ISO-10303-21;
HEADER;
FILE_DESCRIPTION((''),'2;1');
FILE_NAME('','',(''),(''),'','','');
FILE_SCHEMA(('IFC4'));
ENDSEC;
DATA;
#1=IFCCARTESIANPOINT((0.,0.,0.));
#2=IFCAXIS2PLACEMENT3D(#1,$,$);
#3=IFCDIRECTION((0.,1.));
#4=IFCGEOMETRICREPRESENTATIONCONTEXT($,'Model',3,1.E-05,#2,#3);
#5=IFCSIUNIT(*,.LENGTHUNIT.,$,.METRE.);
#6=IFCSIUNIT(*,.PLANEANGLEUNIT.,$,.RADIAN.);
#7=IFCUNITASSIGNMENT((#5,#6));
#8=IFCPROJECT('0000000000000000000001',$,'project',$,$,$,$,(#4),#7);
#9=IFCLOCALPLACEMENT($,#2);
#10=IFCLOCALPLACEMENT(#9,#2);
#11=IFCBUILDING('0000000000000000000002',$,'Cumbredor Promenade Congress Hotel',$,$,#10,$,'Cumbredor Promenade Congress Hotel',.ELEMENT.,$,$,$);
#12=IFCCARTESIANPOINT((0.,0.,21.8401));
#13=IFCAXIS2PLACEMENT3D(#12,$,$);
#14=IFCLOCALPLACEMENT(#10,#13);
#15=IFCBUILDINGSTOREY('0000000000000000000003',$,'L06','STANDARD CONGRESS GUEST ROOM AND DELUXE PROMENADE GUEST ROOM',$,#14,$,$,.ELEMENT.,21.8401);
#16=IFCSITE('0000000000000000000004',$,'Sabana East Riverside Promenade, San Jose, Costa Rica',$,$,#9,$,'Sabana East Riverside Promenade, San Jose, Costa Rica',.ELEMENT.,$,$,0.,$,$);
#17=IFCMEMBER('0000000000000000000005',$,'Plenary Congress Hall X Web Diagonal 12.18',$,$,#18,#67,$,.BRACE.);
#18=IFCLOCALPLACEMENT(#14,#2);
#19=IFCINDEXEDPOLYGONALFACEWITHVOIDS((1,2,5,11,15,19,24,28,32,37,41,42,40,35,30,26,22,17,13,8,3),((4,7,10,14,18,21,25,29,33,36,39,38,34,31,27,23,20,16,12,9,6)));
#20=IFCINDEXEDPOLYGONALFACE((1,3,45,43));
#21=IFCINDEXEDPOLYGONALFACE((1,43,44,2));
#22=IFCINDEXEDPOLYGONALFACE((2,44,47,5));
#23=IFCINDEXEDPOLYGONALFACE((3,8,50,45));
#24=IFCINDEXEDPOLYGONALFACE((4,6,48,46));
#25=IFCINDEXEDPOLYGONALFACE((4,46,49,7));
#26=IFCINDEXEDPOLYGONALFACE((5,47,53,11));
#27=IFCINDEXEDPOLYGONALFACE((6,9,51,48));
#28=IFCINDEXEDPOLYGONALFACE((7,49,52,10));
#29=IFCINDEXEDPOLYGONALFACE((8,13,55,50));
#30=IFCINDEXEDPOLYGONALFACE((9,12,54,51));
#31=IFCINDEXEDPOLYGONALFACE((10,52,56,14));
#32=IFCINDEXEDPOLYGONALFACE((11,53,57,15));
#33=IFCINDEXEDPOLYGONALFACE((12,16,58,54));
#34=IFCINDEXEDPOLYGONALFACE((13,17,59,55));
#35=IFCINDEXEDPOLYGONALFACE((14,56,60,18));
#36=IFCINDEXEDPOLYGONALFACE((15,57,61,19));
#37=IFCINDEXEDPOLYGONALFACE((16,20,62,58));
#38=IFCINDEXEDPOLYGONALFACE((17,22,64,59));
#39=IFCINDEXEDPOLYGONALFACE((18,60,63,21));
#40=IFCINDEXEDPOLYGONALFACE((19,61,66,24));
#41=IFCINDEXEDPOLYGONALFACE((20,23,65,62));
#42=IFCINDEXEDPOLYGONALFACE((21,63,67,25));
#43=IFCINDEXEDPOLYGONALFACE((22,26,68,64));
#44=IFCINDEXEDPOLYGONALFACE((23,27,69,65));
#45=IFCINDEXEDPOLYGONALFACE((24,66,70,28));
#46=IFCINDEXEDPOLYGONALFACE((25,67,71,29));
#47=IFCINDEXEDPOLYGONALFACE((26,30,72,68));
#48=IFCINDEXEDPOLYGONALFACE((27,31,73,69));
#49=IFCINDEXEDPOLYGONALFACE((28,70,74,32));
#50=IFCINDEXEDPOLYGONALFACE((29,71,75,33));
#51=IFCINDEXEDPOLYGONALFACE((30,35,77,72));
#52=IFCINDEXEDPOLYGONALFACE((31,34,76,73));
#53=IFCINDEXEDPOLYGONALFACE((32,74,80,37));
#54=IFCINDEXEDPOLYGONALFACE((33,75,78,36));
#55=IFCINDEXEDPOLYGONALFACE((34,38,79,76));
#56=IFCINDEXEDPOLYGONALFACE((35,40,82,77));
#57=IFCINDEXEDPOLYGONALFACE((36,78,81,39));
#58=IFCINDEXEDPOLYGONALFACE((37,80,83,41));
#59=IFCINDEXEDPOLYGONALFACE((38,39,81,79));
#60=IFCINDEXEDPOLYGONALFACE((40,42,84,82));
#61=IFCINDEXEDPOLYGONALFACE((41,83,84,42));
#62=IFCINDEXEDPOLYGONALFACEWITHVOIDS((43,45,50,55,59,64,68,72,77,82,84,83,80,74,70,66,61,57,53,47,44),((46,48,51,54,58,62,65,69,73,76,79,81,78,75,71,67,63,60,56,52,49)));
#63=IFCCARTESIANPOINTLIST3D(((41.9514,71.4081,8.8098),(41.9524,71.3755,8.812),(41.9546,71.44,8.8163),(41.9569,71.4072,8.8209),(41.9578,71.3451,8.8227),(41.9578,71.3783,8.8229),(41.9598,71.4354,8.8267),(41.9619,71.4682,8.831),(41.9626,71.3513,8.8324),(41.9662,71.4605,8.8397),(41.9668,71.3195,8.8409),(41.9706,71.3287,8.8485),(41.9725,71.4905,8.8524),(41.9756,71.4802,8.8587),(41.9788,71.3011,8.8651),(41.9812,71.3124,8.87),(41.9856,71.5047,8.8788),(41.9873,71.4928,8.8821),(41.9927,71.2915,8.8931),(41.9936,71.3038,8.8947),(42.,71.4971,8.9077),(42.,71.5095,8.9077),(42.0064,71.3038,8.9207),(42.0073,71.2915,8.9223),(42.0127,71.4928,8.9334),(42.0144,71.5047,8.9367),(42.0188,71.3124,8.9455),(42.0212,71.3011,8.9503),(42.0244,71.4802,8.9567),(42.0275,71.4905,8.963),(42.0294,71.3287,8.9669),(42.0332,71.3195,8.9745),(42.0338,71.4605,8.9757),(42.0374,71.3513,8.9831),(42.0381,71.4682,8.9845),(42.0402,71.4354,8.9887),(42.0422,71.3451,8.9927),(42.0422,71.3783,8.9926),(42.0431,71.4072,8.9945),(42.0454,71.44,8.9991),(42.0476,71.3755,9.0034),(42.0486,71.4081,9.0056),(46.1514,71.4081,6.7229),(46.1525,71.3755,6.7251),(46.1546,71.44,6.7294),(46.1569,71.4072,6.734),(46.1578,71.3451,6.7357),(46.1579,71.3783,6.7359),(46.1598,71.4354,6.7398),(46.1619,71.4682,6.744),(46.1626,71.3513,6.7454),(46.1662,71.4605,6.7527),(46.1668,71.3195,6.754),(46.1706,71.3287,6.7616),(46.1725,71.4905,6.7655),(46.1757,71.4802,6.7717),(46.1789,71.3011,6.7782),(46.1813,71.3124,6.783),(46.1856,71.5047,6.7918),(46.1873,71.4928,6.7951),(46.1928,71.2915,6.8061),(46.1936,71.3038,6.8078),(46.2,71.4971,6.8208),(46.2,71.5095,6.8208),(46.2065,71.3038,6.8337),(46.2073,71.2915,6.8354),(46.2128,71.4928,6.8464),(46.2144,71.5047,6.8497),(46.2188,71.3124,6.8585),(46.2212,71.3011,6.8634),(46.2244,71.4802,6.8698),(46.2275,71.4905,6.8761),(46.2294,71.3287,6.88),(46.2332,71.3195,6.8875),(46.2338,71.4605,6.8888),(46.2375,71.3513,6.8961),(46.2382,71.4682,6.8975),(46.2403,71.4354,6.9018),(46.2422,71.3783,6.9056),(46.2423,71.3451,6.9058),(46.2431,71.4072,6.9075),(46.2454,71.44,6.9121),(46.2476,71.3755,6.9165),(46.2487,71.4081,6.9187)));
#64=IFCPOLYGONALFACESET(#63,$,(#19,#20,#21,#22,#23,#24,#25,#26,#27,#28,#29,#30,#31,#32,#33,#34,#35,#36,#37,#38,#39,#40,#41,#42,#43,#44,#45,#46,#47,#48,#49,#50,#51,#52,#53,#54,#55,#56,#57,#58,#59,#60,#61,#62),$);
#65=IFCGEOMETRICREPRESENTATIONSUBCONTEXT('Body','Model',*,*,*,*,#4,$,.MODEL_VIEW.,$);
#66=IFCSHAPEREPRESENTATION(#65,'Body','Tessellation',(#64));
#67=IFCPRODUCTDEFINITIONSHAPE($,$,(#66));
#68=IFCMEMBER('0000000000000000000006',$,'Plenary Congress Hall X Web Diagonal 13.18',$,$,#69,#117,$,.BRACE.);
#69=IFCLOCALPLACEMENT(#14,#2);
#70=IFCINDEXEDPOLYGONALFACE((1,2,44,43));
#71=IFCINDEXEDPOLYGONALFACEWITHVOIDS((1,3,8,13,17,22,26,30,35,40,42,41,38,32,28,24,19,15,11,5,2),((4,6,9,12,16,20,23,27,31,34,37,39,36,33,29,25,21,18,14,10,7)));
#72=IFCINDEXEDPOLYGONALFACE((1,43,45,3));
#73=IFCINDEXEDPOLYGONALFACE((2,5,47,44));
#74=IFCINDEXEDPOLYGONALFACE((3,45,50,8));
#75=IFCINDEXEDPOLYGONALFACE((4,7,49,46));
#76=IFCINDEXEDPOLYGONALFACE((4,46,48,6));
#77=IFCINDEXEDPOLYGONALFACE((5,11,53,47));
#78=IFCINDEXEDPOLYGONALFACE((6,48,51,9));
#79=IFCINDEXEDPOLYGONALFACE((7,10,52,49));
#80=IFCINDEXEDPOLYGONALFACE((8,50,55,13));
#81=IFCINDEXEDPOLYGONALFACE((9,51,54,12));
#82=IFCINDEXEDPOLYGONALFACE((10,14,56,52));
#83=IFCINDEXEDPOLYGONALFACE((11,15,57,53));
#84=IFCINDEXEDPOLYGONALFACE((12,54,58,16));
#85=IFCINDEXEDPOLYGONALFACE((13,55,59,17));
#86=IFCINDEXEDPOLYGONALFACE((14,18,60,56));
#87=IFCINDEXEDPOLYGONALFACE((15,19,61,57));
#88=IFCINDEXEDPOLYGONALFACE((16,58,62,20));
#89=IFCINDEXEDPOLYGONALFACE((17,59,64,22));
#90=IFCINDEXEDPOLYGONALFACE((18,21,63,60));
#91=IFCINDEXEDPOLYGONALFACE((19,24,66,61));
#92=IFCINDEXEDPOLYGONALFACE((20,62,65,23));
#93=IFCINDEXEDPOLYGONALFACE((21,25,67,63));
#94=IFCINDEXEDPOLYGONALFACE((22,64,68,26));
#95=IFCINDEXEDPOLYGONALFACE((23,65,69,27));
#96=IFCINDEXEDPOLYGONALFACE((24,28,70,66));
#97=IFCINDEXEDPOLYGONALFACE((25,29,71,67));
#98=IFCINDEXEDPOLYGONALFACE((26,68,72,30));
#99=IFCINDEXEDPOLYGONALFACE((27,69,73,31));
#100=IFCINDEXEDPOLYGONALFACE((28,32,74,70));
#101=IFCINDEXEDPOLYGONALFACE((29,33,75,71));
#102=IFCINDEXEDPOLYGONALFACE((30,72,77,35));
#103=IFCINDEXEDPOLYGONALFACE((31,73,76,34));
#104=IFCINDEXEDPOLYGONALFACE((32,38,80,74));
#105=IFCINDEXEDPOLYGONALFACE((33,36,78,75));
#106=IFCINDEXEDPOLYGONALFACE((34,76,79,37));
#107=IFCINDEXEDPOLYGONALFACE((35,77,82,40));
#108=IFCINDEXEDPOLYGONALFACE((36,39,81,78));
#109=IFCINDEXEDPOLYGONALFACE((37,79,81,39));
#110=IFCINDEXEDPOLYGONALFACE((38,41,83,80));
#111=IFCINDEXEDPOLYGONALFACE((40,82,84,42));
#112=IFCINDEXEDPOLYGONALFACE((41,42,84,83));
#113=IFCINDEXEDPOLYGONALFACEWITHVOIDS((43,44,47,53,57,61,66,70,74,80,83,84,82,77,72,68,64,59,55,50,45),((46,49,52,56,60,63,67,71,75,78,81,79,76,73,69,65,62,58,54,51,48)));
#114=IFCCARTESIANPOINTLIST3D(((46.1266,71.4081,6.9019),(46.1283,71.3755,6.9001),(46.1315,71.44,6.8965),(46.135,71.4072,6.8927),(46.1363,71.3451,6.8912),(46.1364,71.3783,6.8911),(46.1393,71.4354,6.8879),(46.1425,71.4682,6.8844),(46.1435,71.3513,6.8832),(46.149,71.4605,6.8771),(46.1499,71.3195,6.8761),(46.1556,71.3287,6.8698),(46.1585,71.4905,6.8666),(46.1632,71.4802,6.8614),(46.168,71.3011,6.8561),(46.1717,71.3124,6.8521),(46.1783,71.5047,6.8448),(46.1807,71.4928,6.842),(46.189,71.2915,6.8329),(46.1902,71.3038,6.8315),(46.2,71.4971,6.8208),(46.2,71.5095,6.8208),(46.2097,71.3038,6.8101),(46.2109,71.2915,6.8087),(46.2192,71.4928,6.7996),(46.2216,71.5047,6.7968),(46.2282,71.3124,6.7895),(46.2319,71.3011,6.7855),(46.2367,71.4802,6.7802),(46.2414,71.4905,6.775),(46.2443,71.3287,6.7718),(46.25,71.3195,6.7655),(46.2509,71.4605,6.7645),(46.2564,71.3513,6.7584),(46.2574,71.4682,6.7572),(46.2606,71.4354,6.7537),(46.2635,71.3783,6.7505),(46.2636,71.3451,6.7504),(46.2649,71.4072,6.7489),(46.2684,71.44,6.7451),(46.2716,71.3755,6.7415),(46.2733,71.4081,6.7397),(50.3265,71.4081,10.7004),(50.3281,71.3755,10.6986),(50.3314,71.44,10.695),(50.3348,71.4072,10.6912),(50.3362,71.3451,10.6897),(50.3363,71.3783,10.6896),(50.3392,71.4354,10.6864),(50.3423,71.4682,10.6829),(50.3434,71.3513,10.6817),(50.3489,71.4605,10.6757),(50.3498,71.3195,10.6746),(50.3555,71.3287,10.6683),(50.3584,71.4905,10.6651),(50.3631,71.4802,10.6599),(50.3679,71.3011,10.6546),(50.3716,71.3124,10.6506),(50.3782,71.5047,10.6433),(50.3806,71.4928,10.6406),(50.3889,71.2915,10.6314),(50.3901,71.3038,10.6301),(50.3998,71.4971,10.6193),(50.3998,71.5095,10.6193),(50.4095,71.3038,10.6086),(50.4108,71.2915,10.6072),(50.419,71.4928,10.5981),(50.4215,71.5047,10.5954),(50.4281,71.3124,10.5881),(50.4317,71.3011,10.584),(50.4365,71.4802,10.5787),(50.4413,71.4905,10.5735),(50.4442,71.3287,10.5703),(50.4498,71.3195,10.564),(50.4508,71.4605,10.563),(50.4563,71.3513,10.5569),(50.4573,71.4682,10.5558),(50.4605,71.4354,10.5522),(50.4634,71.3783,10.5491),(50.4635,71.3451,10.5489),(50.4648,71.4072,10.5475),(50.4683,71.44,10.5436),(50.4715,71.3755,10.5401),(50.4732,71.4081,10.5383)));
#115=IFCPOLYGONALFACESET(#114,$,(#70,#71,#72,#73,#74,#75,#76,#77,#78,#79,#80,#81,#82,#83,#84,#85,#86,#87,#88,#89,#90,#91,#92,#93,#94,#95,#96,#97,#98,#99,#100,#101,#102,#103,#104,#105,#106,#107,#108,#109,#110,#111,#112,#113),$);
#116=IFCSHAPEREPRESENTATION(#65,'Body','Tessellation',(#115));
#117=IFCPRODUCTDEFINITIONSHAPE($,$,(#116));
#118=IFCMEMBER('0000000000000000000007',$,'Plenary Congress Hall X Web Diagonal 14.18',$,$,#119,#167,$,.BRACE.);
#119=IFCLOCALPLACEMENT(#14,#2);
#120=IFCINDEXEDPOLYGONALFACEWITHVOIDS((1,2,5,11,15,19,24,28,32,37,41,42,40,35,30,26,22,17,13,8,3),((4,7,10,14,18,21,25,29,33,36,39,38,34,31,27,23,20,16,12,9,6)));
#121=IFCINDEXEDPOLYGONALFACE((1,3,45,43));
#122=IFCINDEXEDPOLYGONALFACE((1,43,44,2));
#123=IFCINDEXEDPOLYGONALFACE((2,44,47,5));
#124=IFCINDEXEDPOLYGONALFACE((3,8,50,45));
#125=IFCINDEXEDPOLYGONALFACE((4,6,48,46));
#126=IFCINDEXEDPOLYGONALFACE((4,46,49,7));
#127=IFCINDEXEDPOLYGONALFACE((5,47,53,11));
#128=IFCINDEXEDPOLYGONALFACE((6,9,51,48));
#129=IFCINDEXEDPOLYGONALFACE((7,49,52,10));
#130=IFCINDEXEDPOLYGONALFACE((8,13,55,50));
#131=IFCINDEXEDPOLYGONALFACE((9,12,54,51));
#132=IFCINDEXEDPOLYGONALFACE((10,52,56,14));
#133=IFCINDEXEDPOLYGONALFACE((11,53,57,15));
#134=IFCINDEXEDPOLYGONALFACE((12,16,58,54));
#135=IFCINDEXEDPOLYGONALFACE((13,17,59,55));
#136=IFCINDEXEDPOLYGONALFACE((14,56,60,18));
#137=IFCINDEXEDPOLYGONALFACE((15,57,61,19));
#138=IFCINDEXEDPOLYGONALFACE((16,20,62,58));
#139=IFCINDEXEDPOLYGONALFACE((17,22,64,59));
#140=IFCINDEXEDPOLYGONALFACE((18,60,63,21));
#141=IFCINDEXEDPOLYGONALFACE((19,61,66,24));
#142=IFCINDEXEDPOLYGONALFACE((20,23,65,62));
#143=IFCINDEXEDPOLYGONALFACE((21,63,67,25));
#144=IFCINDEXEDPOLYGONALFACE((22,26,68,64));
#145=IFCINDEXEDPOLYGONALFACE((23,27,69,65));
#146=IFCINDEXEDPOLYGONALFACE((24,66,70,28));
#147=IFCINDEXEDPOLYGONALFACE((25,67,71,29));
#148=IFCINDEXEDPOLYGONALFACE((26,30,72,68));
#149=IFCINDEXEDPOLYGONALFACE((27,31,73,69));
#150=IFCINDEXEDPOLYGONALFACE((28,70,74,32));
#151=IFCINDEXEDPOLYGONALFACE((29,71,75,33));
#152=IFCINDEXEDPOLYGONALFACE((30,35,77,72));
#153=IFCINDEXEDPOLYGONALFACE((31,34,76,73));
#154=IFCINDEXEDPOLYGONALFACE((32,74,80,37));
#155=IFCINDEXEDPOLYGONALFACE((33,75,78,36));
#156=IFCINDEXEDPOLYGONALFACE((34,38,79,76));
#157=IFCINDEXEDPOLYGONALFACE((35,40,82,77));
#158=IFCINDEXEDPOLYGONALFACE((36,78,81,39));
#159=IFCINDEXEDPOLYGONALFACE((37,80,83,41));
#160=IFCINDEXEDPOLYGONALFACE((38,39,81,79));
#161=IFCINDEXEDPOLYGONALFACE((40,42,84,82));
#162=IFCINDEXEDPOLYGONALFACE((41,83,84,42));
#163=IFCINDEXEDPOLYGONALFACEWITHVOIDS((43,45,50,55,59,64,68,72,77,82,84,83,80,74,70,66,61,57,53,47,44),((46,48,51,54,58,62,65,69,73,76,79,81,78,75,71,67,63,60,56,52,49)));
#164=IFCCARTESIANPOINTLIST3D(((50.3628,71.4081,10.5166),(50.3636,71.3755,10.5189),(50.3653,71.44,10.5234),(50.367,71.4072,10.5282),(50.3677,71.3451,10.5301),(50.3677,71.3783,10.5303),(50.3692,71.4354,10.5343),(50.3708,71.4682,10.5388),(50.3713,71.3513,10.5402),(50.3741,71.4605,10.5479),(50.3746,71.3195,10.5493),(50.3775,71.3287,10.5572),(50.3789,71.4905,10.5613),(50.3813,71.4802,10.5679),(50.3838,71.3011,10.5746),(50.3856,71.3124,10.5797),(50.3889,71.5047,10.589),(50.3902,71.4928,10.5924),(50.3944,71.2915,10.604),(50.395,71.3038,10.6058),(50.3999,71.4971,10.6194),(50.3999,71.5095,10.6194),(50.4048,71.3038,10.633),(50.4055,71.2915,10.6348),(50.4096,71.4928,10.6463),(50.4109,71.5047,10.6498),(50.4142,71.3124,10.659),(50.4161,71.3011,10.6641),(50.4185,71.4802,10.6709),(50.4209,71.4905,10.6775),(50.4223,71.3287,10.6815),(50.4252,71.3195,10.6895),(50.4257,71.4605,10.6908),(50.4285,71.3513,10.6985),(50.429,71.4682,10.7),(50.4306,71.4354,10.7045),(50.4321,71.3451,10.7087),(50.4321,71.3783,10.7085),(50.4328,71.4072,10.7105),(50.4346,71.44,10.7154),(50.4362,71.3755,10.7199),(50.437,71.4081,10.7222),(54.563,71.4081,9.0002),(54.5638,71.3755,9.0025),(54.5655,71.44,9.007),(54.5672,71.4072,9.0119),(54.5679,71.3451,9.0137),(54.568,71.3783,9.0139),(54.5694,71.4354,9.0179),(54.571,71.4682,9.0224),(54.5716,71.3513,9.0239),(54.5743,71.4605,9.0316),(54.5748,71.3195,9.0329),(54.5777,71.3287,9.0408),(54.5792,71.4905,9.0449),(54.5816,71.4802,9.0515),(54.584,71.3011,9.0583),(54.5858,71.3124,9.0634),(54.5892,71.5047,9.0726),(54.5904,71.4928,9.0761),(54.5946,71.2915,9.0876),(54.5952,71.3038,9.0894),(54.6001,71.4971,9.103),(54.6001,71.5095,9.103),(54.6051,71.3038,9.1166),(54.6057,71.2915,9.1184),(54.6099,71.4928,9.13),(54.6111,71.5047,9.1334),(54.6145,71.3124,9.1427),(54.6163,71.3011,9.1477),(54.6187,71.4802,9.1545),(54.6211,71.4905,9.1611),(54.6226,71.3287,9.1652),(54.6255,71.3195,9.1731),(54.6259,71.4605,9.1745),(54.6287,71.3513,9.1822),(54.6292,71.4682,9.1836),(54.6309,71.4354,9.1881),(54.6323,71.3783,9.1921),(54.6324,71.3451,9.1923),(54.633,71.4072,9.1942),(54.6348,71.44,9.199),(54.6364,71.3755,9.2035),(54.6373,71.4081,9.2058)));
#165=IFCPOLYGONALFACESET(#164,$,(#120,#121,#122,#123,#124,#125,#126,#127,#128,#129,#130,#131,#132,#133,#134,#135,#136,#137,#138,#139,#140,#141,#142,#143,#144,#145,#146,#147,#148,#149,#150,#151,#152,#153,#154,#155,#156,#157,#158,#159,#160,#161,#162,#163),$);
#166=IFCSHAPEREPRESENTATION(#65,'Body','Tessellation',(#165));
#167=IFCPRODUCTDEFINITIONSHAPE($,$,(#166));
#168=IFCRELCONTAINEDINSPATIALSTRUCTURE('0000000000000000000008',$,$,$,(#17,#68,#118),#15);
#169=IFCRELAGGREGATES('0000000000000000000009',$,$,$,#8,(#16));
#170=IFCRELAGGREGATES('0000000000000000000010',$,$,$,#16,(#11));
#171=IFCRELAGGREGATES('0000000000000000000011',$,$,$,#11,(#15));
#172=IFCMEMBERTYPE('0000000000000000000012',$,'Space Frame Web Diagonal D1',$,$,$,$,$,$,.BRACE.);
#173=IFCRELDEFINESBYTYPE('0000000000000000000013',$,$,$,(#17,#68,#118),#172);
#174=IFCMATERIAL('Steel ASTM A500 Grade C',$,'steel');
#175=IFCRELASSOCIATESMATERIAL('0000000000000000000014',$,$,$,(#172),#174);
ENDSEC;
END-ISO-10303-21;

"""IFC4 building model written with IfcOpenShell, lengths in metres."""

from ifc_helpers import new_model, si_unit, direction, frame, origin, origin_2d, place, context, subcontext, project, spatial, hollow_circle, extrude, material, material_profile, profile_set, type_object, element, save


model = new_model("IFC4")

# Units and contexts
model_context = context("Model", 3, precision=1e-05, world=origin(), true_north=direction((0.0, 1.0)))
body_context = subcontext(model_context, "Body", "Model", "MODEL_VIEW")
ifc_project = project(units=[si_unit("LENGTHUNIT", "METRE"), si_unit("PLANEANGLEUNIT", "RADIAN")], contexts=[model_context])

# Site, building, storey
site_placement = place(None, origin())
site = spatial("IfcSite", under=ifc_project, at=site_placement, Name="Sabana East Riverside Promenade, San Jose, Costa Rica", LongName="Sabana East Riverside Promenade, San Jose, Costa Rica", CompositionType="ELEMENT", RefElevation=0.0)
building_placement = place(site_placement, origin())
building = spatial("IfcBuilding", under=site, at=building_placement, Name="Cumbredor Promenade Congress Hotel", LongName="Cumbredor Promenade Congress Hotel", CompositionType="ELEMENT")
storey_placement = place(building_placement, frame((0.0, 0.0, 21.8401)))
storey = spatial("IfcBuildingStorey", under=building, at=storey_placement, Name="L06", Description="STANDARD CONGRESS GUEST ROOM AND DELUXE PROMENADE GUEST ROOM", CompositionType="ELEMENT", Elevation=21.8401)

# Members
ifc_material_1 = material(Name="Steel ASTM A500 Grade C", Category="steel")
ifc_material_profile_1 = material_profile(ifc_material_1, hollow_circle(Radius=0.1096, WallThickness=0.0125, at=origin_2d()), Name="CHS 219.1x12.5")
ifc_profile_set_1 = profile_set([ifc_material_profile_1], Name="Steel ASTM A500 Grade C")
member_type_1 = type_object("IfcMemberType", Name="Space Frame Web Diagonal D1", PredefinedType="BRACE", material=ifc_profile_set_1)
member_1_placement = place(storey_placement, frame((42.0, 71.3999, 8.9077), z_axis=(0.895538, 0.0, -0.444984), x_axis=(0.0, 1.0, 0.0)))
element("IfcMember", 1, at=member_1_placement, inside=storey, type_object=member_type_1, Name="Plenary Congress Hall X Web Diagonal 12.18", PredefinedType="BRACE", context=body_context, shape_type="SweptSolid", body=[
    extrude(hollow_circle(Radius=0.1096, WallThickness=0.0125, at=origin_2d()), origin(), (0.0, 0.0, 1.0), 4.6899),
])
member_2_placement = place(storey_placement, frame((46.2, 71.3999, 6.8208), z_axis=(0.741656, 0.0, 0.67078), x_axis=(0.0, 1.0, 0.0)))
element("IfcMember", 2, at=member_2_placement, inside=storey, type_object=member_type_1, Name="Plenary Congress Hall X Web Diagonal 13.18", PredefinedType="BRACE", context=body_context, shape_type="SweptSolid", body=[
    extrude(hollow_circle(Radius=0.1096, WallThickness=0.0125, at=origin_2d()), origin(), (0.0, 0.0, 1.0), 5.6628),
])
member_3_placement = place(storey_placement, frame((50.3999, 71.3999, 10.6194), z_axis=(0.940581, 0.0, -0.339569), x_axis=(0.0, 1.0, 0.0)))
element("IfcMember", 3, at=member_3_placement, inside=storey, type_object=member_type_1, Name="Plenary Congress Hall X Web Diagonal 14.18", PredefinedType="BRACE", context=body_context, shape_type="SweptSolid", body=[
    extrude(hollow_circle(Radius=0.1096, WallThickness=0.0125, at=origin_2d()), origin(), (0.0, 0.0, 1.0), 4.4656),
])

save(model, "model.ifc")
